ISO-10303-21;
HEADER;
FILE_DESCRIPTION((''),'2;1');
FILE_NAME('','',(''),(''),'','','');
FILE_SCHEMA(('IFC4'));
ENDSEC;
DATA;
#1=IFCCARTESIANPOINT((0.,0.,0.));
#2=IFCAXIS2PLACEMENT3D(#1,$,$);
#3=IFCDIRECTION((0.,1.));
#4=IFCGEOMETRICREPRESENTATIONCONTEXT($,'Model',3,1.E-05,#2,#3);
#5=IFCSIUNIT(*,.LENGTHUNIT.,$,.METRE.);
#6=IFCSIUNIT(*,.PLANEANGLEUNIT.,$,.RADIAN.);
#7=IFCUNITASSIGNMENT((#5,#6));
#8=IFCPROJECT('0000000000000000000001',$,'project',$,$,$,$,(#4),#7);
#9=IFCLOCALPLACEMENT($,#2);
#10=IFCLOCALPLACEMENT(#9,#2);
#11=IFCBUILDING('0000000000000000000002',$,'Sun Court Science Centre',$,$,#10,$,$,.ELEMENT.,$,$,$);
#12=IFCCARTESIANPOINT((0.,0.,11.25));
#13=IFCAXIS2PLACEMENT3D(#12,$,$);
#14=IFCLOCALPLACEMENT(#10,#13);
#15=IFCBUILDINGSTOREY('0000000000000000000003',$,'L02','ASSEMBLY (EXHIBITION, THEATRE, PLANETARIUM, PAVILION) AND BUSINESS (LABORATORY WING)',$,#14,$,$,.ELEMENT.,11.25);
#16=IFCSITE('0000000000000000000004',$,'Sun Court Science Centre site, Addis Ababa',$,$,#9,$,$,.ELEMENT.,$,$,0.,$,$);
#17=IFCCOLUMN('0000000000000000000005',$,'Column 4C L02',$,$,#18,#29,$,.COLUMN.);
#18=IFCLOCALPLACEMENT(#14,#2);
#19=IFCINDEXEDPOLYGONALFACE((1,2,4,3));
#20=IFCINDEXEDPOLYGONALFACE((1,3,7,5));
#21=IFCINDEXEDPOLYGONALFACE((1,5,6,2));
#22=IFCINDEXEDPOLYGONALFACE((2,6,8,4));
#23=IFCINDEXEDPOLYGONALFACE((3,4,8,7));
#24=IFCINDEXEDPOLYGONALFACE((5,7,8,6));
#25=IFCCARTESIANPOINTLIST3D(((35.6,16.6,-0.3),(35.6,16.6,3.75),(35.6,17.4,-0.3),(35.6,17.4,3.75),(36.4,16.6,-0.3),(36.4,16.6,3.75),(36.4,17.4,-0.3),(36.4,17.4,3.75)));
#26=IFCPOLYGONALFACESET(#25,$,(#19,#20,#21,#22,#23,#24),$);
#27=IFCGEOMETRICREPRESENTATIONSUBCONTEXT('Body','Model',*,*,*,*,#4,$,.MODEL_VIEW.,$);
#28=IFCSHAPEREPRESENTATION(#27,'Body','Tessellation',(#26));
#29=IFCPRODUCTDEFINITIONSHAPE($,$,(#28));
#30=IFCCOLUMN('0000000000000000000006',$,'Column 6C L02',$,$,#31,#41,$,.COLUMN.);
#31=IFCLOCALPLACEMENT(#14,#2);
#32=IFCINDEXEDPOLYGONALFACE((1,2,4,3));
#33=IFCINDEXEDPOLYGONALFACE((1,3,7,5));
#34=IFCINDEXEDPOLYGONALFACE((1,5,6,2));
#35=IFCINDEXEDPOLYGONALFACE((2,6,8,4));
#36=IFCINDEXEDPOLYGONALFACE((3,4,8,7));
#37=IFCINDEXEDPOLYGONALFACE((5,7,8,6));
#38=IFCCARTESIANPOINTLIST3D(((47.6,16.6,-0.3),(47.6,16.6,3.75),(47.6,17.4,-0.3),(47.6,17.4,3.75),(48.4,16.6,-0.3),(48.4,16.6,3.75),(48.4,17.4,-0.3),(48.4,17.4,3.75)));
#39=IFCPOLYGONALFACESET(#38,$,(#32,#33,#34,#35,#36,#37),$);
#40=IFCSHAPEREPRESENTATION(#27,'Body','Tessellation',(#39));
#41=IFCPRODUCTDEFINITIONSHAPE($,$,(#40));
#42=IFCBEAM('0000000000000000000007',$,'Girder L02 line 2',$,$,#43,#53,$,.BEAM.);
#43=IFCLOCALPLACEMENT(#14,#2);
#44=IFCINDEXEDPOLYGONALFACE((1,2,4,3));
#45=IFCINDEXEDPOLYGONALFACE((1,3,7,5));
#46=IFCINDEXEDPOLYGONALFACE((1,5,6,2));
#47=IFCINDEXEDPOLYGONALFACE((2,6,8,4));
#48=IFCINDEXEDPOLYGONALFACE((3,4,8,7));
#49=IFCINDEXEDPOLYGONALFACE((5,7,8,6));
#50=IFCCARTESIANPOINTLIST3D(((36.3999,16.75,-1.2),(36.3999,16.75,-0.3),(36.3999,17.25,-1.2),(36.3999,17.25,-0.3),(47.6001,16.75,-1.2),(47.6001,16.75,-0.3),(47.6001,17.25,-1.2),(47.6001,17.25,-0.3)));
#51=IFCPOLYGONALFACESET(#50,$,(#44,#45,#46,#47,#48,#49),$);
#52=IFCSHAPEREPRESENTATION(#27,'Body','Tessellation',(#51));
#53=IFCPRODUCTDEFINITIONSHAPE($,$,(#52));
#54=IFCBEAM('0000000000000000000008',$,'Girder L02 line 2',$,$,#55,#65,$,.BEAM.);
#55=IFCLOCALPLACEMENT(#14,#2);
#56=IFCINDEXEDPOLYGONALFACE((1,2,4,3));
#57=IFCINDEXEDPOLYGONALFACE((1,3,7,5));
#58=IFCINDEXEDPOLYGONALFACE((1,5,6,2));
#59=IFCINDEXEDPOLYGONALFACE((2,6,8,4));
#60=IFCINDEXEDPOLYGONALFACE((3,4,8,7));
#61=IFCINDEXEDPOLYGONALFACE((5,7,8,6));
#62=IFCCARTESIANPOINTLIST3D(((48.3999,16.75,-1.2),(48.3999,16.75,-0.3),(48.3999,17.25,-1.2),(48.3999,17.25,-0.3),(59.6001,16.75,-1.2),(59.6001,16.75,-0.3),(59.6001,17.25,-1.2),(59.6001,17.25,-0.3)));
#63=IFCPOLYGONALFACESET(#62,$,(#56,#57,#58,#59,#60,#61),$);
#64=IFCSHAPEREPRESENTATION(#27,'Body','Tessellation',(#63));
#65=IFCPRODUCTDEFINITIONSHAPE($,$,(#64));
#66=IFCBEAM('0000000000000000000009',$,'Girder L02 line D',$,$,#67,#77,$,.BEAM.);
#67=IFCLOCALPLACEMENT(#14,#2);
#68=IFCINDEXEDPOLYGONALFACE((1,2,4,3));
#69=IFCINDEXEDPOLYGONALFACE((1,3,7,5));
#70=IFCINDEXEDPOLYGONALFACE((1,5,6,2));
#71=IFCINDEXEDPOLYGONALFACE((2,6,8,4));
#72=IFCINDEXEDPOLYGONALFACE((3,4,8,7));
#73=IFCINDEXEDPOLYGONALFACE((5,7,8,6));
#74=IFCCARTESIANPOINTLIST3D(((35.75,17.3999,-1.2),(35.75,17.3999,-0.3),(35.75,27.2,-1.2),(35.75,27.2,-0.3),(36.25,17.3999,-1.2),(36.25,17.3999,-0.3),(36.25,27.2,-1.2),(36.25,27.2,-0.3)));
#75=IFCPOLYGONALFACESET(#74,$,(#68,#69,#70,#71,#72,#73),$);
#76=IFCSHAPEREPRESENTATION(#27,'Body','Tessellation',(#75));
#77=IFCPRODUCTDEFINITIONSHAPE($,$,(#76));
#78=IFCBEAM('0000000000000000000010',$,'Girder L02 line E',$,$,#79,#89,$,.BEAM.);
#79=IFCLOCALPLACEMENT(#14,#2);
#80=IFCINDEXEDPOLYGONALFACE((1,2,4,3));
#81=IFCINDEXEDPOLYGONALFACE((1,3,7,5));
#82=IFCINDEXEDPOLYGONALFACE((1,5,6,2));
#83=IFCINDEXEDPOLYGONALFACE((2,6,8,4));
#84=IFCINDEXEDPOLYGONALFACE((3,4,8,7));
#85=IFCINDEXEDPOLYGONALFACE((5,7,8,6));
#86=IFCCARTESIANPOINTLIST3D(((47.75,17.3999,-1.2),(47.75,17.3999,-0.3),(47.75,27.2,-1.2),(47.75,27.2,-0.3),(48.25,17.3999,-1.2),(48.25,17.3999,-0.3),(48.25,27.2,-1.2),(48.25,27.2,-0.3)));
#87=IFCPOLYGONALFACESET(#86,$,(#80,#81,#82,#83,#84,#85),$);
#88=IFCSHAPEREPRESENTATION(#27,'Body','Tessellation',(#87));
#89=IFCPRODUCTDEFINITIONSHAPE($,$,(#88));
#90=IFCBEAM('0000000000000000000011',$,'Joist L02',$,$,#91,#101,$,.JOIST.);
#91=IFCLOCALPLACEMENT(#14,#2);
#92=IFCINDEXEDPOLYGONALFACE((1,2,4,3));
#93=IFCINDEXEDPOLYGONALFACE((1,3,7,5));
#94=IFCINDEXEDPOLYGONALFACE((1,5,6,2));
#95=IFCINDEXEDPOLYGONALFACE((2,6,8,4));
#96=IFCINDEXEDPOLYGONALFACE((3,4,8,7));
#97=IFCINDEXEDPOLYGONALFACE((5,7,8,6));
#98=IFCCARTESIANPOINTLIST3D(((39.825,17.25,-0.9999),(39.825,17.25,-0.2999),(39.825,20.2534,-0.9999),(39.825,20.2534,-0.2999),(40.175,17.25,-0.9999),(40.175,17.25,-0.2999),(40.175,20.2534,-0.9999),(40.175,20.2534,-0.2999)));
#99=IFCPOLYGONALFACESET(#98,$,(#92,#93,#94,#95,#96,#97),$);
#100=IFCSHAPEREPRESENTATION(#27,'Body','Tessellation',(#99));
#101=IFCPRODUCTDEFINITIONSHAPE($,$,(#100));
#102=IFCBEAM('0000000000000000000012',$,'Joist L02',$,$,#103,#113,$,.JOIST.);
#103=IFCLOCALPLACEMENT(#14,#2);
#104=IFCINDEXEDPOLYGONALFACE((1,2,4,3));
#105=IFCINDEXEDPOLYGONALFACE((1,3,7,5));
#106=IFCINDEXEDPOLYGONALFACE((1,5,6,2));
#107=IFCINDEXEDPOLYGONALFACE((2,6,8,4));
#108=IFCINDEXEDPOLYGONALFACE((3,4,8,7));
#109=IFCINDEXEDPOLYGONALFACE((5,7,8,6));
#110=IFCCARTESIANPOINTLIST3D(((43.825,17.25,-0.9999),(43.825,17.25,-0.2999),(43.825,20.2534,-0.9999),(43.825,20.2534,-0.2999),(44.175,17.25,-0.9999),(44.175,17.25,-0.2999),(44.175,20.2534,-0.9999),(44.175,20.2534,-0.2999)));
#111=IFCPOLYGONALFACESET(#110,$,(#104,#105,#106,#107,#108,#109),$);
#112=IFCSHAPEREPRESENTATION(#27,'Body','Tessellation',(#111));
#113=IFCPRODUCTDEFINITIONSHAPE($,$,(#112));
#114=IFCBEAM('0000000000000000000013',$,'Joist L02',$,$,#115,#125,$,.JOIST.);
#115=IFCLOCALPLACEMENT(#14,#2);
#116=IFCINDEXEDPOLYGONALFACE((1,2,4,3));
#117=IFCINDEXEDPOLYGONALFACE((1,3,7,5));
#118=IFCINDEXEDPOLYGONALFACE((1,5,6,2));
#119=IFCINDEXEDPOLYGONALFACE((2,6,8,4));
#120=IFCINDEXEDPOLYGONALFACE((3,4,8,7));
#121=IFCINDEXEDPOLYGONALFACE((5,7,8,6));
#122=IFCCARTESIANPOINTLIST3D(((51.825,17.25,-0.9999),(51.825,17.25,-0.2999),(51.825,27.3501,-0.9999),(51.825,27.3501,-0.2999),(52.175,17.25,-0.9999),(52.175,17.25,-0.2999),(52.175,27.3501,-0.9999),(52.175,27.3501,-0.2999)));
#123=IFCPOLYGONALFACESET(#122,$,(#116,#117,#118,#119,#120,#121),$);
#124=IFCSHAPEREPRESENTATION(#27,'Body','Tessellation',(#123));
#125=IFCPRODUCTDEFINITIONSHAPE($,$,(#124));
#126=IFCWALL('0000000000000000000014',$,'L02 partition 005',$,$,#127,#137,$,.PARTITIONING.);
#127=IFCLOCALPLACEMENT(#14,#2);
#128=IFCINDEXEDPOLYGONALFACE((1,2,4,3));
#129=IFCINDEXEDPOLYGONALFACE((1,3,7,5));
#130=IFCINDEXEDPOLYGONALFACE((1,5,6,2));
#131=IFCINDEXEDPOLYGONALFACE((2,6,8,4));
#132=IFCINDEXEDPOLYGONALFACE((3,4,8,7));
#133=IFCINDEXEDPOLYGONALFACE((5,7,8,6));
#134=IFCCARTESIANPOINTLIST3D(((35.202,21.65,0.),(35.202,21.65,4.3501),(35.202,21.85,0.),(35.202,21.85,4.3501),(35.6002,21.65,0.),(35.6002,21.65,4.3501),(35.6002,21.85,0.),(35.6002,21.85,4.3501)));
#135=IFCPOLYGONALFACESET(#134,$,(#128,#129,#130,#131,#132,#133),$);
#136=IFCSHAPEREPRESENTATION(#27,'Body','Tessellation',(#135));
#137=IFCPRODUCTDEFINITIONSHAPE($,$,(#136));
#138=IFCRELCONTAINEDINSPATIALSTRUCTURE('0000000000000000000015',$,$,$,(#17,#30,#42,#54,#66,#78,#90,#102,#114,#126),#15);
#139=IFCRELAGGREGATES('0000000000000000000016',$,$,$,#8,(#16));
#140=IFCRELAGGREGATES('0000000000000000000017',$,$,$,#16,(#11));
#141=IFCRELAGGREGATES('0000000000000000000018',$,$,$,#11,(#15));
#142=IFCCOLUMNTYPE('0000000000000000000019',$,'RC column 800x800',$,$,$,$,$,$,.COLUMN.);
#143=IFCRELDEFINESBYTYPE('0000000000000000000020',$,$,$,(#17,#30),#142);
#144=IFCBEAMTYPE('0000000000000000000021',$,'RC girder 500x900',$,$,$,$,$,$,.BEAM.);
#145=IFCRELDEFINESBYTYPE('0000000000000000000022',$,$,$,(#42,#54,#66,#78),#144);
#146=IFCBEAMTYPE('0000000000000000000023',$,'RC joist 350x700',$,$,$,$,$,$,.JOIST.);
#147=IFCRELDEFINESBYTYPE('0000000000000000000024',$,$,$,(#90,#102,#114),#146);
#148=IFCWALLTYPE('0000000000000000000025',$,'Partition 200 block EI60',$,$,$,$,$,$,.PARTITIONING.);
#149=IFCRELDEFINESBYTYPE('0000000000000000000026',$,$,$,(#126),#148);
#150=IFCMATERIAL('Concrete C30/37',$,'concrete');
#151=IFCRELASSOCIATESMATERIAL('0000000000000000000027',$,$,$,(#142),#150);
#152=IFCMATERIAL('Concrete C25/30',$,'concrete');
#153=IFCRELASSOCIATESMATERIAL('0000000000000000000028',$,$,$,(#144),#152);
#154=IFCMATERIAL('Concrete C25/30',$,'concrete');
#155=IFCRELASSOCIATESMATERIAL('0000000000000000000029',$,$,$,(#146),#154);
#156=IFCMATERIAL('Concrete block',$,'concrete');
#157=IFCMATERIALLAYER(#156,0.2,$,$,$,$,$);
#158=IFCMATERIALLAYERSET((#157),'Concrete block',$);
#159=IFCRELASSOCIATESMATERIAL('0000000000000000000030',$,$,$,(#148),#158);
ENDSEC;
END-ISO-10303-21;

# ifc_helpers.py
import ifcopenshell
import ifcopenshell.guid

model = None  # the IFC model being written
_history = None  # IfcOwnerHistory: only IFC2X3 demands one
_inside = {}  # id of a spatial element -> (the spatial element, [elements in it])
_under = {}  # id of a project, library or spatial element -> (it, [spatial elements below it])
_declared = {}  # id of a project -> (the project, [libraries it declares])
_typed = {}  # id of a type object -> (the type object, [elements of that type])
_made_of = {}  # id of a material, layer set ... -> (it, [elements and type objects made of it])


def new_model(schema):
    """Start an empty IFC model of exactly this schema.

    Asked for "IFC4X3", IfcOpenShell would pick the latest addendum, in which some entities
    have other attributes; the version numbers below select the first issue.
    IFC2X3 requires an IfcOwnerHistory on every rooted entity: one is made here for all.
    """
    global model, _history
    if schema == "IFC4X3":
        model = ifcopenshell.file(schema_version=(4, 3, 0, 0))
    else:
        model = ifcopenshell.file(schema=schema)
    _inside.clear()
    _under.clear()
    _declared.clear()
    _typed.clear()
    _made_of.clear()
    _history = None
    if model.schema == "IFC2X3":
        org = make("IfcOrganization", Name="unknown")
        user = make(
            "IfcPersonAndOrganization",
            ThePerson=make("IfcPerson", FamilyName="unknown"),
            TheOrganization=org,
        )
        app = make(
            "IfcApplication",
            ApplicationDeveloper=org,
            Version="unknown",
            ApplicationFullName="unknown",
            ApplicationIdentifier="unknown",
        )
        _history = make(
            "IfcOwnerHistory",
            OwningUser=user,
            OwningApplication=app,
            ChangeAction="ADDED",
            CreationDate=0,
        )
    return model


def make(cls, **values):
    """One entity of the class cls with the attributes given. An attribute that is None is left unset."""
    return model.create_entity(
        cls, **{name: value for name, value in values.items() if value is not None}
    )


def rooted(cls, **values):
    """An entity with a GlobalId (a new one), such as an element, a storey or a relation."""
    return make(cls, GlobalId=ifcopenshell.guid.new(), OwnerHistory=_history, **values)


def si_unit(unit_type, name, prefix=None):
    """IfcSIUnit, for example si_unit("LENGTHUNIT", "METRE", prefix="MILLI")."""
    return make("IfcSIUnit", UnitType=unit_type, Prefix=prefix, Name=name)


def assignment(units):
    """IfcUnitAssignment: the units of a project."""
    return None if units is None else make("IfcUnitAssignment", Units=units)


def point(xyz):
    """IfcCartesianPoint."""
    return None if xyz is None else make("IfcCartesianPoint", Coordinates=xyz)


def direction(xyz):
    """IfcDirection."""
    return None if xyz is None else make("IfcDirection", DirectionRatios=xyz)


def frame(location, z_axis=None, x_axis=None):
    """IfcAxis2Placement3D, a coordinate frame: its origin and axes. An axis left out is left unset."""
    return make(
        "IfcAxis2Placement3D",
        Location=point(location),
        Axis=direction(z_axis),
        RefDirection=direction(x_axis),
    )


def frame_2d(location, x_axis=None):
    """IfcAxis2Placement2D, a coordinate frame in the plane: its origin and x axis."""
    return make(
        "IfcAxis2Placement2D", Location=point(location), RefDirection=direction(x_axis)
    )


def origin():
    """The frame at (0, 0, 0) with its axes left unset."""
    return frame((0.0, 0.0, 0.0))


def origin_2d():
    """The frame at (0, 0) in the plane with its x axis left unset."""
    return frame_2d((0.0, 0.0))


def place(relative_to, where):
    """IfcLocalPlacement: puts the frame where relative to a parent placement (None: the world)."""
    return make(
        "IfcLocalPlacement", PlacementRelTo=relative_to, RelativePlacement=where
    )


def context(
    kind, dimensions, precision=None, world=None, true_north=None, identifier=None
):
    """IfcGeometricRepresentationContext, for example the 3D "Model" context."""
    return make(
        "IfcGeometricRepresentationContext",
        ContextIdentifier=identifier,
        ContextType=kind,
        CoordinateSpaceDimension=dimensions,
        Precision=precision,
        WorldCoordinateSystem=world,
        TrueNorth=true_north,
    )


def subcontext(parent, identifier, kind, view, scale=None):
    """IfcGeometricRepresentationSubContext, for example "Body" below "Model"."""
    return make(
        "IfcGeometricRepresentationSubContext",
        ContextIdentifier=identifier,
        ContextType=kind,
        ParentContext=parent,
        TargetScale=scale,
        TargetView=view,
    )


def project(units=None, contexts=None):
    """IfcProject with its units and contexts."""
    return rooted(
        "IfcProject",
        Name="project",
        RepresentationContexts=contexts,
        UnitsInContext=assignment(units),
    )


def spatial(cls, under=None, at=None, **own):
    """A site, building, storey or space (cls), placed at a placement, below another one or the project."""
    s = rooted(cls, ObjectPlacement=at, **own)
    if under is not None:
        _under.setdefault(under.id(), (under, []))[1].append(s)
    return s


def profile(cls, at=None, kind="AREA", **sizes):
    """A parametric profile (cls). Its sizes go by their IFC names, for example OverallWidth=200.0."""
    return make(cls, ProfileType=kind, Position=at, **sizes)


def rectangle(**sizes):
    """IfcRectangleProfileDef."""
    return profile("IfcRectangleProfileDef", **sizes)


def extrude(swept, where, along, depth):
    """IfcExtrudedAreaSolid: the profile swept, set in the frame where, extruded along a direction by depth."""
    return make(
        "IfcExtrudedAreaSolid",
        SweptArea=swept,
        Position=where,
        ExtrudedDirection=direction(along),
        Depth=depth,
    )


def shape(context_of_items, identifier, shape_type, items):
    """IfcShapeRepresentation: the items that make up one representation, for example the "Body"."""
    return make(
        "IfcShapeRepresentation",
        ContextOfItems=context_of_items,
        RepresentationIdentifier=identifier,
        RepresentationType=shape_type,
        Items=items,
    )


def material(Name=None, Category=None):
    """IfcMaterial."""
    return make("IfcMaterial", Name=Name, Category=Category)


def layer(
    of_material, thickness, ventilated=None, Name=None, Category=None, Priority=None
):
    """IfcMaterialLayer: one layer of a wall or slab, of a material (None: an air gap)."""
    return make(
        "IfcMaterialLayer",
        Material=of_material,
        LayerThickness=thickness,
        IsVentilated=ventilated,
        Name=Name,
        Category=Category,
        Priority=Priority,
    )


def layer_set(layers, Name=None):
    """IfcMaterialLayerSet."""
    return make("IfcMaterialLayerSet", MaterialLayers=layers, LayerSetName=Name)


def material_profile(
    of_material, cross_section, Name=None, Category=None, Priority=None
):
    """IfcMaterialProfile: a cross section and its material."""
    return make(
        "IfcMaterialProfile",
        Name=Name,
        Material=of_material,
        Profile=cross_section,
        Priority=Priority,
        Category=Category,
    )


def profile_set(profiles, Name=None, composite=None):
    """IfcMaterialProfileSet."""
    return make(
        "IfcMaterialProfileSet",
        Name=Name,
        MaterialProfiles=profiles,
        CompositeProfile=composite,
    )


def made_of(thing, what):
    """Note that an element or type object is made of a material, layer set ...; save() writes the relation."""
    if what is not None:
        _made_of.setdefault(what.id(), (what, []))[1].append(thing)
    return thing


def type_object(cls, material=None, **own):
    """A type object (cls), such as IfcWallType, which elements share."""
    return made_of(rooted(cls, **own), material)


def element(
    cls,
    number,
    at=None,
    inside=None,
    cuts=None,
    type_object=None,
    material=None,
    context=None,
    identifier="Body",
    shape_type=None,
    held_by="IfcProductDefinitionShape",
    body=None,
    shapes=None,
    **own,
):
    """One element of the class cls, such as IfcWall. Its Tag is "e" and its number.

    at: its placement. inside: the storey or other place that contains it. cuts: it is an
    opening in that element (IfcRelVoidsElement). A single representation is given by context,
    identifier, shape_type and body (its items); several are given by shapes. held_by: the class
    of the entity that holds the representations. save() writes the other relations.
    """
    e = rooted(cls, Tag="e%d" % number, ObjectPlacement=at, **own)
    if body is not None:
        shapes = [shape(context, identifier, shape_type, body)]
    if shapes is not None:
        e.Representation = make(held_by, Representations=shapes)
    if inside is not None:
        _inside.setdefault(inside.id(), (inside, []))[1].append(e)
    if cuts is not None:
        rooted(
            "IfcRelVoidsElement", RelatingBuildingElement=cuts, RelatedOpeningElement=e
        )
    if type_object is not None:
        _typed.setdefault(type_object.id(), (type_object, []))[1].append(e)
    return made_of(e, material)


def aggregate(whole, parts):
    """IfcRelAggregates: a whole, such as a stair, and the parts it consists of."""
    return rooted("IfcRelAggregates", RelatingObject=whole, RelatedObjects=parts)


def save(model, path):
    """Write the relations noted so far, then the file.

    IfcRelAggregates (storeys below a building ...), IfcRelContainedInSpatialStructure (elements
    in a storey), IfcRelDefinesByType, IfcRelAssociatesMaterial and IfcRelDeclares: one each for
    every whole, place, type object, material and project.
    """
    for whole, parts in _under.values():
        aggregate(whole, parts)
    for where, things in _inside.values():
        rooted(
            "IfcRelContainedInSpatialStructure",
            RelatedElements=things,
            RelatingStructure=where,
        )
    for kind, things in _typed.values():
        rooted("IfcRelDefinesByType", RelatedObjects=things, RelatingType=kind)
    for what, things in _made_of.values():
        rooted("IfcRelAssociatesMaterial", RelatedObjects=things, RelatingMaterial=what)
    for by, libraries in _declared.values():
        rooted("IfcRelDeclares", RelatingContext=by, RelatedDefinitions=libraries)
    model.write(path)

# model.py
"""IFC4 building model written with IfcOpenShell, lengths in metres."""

from ifc_helpers import new_model, si_unit, direction, frame, frame_2d, origin, origin_2d, place, context, subcontext, project, spatial, rectangle, extrude, material, layer, layer_set, material_profile, profile_set, type_object, element, save


model = new_model("IFC4")

# Units and contexts
model_context = context("Model", 3, precision=1e-05, world=origin(), true_north=direction((0.0, 1.0)))
body_context = subcontext(model_context, "Body", "Model", "MODEL_VIEW")
ifc_project = project(units=[si_unit("LENGTHUNIT", "METRE"), si_unit("PLANEANGLEUNIT", "RADIAN")], contexts=[model_context])

# Site, building, storey
site_placement = place(None, origin())
site = spatial("IfcSite", under=ifc_project, at=site_placement, Name="Sun Court Science Centre site, Addis Ababa", CompositionType="ELEMENT", RefElevation=0.0)
building_placement = place(site_placement, origin())
building = spatial("IfcBuilding", under=site, at=building_placement, Name="Sun Court Science Centre", CompositionType="ELEMENT")
storey_placement = place(building_placement, frame((0.0, 0.0, 11.25)))
storey = spatial("IfcBuildingStorey", under=building, at=storey_placement, Name="L02", Description="ASSEMBLY (EXHIBITION, THEATRE, PLANETARIUM, PAVILION) AND BUSINESS (LABORATORY WING)", CompositionType="ELEMENT", Elevation=11.25)

# Columns
ifc_material_1 = material(Name="Concrete C30/37", Category="concrete")
ifc_material_profile_1 = material_profile(ifc_material_1, rectangle(XDim=0.8, YDim=0.8, at=origin_2d()), Name="RC 800x800")
ifc_profile_set_1 = profile_set([ifc_material_profile_1], Name="Concrete C30/37")
column_type = type_object("IfcColumnType", Name="RC column 800x800", PredefinedType="COLUMN", material=ifc_profile_set_1)
for number, where, z_axis, x_axis, name in (
    (1, (36.0, 17.0, -0.3), (0.0, 0.0, 1.0), (1.0, 0.0, 0.0), "Column 4C L02"),
    (2, (48.0, 17.0, -0.3), (0.0, 0.0, 1.0), (1.0, 0.0, 0.0), "Column 6C L02"),
):
    element("IfcColumn", number, at=place(storey_placement, frame(where, z_axis=z_axis, x_axis=x_axis)), inside=storey, type_object=column_type, Name=name, PredefinedType="COLUMN", context=body_context, shape_type="SweptSolid", body=[
        extrude(rectangle(XDim=0.8, YDim=0.8, at=origin_2d()), origin(), (0.0, 0.0, 1.0), 4.05),
    ])

# Beams
ifc_material_2 = material(Name="Concrete C25/30", Category="concrete")
ifc_material_profile_2 = material_profile(ifc_material_2, rectangle(XDim=0.5, YDim=0.8999, at=origin_2d()), Name="RC 500x900")
ifc_profile_set_2 = profile_set([ifc_material_profile_2], Name="Concrete C25/30")
beam_type_1 = type_object("IfcBeamType", Name="RC girder 500x900", PredefinedType="BEAM", material=ifc_profile_set_2)
for number, where, z_axis, x_axis, name in (
    (3, (36.3999, 17.0, -0.75), (1.0, 0.0, 0.0), (0.0, 1.0, 0.0), "Girder L02 line 2"),
    (4, (48.3999, 17.0, -0.75), (1.0, 0.0, 0.0), (0.0, 1.0, 0.0), "Girder L02 line 2"),
):
    element("IfcBeam", number, at=place(storey_placement, frame(where, z_axis=z_axis, x_axis=x_axis)), inside=storey, type_object=beam_type_1, Name=name, PredefinedType="BEAM", context=body_context, shape_type="SweptSolid", body=[
        extrude(rectangle(XDim=0.5, YDim=0.8999, at=origin_2d()), origin(), (0.0, 0.0, 1.0), 11.2002),
    ])
for number, where, z_axis, x_axis, name in (
    (5, (36.0, 17.3999, -0.75), (0.0, 1.0, 0.0), (-1.0, 0.0, 0.0), "Girder L02 line D"),
    (6, (48.0, 17.3999, -0.75), (0.0, 1.0, 0.0), (-1.0, 0.0, 0.0), "Girder L02 line E"),
):
    element("IfcBeam", number, at=place(storey_placement, frame(where, z_axis=z_axis, x_axis=x_axis)), inside=storey, type_object=beam_type_1, Name=name, PredefinedType="BEAM", context=body_context, shape_type="SweptSolid", body=[
        extrude(rectangle(XDim=0.5, YDim=0.8999, at=origin_2d()), origin(), (0.0, 0.0, 1.0), 9.8),
    ])
ifc_material_3 = material(Name="Concrete C25/30", Category="concrete")
ifc_material_profile_3 = material_profile(ifc_material_3, rectangle(XDim=0.3501, YDim=0.7, at=origin_2d()), Name="RC 350x700")
ifc_profile_set_3 = profile_set([ifc_material_profile_3], Name="Concrete C25/30")
beam_type_2 = type_object("IfcBeamType", Name="RC joist 350x700", PredefinedType="JOIST", material=ifc_profile_set_3)
for number, where, z_axis, x_axis, name in (
    (7, (40.0, 17.25, -0.6499), (0.0, 1.0, 0.0), (-1.0, 0.0, 0.0), "Joist L02"),
    (8, (44.0, 17.25, -0.6499), (0.0, 1.0, 0.0), (-1.0, 0.0, 0.0), "Joist L02"),
):
    element("IfcBeam", number, at=place(storey_placement, frame(where, z_axis=z_axis, x_axis=x_axis)), inside=storey, type_object=beam_type_2, Name=name, PredefinedType="JOIST", context=body_context, shape_type="SweptSolid", body=[
        extrude(rectangle(XDim=0.3501, YDim=0.7, at=origin_2d()), origin(), (0.0, 0.0, 1.0), 3.0034),
    ])
beam_placement = place(storey_placement, frame((52.0, 17.25, -0.6499), z_axis=(0.0, 1.0, 0.0), x_axis=(-1.0, 0.0, 0.0)))
element("IfcBeam", 9, at=beam_placement, inside=storey, type_object=beam_type_2, Name="Joist L02", PredefinedType="JOIST", context=body_context, shape_type="SweptSolid", body=[
    extrude(rectangle(XDim=0.3501, YDim=0.7, at=origin_2d()), origin(), (0.0, 0.0, 1.0), 10.1001),
])

# Wall
ifc_material_4 = material(Name="Concrete block", Category="concrete")
ifc_layer_1 = layer(ifc_material_4, 0.2)
ifc_layer_set_1 = layer_set([ifc_layer_1], Name="Concrete block")
wall_type_1 = type_object("IfcWallType", Name="Partition 200 block EI60", PredefinedType="PARTITIONING", material=ifc_layer_set_1)
wall_1_placement = place(storey_placement, frame((35.2019, 21.75, 0.0), z_axis=(0.0, 0.0, 1.0), x_axis=(1.0, 0.0, 0.0)))
element("IfcWall", 10, at=wall_1_placement, inside=storey, type_object=wall_type_1, Name="L02 partition 005", PredefinedType="PARTITIONING", context=body_context, shape_type="SweptSolid", body=[
    extrude(rectangle(XDim=0.3982, YDim=0.2, at=frame_2d((0.1992, 0.0))), origin(), (0.0, 0.0, 1.0), 4.3501),
])

save(model, "model.ifc")
